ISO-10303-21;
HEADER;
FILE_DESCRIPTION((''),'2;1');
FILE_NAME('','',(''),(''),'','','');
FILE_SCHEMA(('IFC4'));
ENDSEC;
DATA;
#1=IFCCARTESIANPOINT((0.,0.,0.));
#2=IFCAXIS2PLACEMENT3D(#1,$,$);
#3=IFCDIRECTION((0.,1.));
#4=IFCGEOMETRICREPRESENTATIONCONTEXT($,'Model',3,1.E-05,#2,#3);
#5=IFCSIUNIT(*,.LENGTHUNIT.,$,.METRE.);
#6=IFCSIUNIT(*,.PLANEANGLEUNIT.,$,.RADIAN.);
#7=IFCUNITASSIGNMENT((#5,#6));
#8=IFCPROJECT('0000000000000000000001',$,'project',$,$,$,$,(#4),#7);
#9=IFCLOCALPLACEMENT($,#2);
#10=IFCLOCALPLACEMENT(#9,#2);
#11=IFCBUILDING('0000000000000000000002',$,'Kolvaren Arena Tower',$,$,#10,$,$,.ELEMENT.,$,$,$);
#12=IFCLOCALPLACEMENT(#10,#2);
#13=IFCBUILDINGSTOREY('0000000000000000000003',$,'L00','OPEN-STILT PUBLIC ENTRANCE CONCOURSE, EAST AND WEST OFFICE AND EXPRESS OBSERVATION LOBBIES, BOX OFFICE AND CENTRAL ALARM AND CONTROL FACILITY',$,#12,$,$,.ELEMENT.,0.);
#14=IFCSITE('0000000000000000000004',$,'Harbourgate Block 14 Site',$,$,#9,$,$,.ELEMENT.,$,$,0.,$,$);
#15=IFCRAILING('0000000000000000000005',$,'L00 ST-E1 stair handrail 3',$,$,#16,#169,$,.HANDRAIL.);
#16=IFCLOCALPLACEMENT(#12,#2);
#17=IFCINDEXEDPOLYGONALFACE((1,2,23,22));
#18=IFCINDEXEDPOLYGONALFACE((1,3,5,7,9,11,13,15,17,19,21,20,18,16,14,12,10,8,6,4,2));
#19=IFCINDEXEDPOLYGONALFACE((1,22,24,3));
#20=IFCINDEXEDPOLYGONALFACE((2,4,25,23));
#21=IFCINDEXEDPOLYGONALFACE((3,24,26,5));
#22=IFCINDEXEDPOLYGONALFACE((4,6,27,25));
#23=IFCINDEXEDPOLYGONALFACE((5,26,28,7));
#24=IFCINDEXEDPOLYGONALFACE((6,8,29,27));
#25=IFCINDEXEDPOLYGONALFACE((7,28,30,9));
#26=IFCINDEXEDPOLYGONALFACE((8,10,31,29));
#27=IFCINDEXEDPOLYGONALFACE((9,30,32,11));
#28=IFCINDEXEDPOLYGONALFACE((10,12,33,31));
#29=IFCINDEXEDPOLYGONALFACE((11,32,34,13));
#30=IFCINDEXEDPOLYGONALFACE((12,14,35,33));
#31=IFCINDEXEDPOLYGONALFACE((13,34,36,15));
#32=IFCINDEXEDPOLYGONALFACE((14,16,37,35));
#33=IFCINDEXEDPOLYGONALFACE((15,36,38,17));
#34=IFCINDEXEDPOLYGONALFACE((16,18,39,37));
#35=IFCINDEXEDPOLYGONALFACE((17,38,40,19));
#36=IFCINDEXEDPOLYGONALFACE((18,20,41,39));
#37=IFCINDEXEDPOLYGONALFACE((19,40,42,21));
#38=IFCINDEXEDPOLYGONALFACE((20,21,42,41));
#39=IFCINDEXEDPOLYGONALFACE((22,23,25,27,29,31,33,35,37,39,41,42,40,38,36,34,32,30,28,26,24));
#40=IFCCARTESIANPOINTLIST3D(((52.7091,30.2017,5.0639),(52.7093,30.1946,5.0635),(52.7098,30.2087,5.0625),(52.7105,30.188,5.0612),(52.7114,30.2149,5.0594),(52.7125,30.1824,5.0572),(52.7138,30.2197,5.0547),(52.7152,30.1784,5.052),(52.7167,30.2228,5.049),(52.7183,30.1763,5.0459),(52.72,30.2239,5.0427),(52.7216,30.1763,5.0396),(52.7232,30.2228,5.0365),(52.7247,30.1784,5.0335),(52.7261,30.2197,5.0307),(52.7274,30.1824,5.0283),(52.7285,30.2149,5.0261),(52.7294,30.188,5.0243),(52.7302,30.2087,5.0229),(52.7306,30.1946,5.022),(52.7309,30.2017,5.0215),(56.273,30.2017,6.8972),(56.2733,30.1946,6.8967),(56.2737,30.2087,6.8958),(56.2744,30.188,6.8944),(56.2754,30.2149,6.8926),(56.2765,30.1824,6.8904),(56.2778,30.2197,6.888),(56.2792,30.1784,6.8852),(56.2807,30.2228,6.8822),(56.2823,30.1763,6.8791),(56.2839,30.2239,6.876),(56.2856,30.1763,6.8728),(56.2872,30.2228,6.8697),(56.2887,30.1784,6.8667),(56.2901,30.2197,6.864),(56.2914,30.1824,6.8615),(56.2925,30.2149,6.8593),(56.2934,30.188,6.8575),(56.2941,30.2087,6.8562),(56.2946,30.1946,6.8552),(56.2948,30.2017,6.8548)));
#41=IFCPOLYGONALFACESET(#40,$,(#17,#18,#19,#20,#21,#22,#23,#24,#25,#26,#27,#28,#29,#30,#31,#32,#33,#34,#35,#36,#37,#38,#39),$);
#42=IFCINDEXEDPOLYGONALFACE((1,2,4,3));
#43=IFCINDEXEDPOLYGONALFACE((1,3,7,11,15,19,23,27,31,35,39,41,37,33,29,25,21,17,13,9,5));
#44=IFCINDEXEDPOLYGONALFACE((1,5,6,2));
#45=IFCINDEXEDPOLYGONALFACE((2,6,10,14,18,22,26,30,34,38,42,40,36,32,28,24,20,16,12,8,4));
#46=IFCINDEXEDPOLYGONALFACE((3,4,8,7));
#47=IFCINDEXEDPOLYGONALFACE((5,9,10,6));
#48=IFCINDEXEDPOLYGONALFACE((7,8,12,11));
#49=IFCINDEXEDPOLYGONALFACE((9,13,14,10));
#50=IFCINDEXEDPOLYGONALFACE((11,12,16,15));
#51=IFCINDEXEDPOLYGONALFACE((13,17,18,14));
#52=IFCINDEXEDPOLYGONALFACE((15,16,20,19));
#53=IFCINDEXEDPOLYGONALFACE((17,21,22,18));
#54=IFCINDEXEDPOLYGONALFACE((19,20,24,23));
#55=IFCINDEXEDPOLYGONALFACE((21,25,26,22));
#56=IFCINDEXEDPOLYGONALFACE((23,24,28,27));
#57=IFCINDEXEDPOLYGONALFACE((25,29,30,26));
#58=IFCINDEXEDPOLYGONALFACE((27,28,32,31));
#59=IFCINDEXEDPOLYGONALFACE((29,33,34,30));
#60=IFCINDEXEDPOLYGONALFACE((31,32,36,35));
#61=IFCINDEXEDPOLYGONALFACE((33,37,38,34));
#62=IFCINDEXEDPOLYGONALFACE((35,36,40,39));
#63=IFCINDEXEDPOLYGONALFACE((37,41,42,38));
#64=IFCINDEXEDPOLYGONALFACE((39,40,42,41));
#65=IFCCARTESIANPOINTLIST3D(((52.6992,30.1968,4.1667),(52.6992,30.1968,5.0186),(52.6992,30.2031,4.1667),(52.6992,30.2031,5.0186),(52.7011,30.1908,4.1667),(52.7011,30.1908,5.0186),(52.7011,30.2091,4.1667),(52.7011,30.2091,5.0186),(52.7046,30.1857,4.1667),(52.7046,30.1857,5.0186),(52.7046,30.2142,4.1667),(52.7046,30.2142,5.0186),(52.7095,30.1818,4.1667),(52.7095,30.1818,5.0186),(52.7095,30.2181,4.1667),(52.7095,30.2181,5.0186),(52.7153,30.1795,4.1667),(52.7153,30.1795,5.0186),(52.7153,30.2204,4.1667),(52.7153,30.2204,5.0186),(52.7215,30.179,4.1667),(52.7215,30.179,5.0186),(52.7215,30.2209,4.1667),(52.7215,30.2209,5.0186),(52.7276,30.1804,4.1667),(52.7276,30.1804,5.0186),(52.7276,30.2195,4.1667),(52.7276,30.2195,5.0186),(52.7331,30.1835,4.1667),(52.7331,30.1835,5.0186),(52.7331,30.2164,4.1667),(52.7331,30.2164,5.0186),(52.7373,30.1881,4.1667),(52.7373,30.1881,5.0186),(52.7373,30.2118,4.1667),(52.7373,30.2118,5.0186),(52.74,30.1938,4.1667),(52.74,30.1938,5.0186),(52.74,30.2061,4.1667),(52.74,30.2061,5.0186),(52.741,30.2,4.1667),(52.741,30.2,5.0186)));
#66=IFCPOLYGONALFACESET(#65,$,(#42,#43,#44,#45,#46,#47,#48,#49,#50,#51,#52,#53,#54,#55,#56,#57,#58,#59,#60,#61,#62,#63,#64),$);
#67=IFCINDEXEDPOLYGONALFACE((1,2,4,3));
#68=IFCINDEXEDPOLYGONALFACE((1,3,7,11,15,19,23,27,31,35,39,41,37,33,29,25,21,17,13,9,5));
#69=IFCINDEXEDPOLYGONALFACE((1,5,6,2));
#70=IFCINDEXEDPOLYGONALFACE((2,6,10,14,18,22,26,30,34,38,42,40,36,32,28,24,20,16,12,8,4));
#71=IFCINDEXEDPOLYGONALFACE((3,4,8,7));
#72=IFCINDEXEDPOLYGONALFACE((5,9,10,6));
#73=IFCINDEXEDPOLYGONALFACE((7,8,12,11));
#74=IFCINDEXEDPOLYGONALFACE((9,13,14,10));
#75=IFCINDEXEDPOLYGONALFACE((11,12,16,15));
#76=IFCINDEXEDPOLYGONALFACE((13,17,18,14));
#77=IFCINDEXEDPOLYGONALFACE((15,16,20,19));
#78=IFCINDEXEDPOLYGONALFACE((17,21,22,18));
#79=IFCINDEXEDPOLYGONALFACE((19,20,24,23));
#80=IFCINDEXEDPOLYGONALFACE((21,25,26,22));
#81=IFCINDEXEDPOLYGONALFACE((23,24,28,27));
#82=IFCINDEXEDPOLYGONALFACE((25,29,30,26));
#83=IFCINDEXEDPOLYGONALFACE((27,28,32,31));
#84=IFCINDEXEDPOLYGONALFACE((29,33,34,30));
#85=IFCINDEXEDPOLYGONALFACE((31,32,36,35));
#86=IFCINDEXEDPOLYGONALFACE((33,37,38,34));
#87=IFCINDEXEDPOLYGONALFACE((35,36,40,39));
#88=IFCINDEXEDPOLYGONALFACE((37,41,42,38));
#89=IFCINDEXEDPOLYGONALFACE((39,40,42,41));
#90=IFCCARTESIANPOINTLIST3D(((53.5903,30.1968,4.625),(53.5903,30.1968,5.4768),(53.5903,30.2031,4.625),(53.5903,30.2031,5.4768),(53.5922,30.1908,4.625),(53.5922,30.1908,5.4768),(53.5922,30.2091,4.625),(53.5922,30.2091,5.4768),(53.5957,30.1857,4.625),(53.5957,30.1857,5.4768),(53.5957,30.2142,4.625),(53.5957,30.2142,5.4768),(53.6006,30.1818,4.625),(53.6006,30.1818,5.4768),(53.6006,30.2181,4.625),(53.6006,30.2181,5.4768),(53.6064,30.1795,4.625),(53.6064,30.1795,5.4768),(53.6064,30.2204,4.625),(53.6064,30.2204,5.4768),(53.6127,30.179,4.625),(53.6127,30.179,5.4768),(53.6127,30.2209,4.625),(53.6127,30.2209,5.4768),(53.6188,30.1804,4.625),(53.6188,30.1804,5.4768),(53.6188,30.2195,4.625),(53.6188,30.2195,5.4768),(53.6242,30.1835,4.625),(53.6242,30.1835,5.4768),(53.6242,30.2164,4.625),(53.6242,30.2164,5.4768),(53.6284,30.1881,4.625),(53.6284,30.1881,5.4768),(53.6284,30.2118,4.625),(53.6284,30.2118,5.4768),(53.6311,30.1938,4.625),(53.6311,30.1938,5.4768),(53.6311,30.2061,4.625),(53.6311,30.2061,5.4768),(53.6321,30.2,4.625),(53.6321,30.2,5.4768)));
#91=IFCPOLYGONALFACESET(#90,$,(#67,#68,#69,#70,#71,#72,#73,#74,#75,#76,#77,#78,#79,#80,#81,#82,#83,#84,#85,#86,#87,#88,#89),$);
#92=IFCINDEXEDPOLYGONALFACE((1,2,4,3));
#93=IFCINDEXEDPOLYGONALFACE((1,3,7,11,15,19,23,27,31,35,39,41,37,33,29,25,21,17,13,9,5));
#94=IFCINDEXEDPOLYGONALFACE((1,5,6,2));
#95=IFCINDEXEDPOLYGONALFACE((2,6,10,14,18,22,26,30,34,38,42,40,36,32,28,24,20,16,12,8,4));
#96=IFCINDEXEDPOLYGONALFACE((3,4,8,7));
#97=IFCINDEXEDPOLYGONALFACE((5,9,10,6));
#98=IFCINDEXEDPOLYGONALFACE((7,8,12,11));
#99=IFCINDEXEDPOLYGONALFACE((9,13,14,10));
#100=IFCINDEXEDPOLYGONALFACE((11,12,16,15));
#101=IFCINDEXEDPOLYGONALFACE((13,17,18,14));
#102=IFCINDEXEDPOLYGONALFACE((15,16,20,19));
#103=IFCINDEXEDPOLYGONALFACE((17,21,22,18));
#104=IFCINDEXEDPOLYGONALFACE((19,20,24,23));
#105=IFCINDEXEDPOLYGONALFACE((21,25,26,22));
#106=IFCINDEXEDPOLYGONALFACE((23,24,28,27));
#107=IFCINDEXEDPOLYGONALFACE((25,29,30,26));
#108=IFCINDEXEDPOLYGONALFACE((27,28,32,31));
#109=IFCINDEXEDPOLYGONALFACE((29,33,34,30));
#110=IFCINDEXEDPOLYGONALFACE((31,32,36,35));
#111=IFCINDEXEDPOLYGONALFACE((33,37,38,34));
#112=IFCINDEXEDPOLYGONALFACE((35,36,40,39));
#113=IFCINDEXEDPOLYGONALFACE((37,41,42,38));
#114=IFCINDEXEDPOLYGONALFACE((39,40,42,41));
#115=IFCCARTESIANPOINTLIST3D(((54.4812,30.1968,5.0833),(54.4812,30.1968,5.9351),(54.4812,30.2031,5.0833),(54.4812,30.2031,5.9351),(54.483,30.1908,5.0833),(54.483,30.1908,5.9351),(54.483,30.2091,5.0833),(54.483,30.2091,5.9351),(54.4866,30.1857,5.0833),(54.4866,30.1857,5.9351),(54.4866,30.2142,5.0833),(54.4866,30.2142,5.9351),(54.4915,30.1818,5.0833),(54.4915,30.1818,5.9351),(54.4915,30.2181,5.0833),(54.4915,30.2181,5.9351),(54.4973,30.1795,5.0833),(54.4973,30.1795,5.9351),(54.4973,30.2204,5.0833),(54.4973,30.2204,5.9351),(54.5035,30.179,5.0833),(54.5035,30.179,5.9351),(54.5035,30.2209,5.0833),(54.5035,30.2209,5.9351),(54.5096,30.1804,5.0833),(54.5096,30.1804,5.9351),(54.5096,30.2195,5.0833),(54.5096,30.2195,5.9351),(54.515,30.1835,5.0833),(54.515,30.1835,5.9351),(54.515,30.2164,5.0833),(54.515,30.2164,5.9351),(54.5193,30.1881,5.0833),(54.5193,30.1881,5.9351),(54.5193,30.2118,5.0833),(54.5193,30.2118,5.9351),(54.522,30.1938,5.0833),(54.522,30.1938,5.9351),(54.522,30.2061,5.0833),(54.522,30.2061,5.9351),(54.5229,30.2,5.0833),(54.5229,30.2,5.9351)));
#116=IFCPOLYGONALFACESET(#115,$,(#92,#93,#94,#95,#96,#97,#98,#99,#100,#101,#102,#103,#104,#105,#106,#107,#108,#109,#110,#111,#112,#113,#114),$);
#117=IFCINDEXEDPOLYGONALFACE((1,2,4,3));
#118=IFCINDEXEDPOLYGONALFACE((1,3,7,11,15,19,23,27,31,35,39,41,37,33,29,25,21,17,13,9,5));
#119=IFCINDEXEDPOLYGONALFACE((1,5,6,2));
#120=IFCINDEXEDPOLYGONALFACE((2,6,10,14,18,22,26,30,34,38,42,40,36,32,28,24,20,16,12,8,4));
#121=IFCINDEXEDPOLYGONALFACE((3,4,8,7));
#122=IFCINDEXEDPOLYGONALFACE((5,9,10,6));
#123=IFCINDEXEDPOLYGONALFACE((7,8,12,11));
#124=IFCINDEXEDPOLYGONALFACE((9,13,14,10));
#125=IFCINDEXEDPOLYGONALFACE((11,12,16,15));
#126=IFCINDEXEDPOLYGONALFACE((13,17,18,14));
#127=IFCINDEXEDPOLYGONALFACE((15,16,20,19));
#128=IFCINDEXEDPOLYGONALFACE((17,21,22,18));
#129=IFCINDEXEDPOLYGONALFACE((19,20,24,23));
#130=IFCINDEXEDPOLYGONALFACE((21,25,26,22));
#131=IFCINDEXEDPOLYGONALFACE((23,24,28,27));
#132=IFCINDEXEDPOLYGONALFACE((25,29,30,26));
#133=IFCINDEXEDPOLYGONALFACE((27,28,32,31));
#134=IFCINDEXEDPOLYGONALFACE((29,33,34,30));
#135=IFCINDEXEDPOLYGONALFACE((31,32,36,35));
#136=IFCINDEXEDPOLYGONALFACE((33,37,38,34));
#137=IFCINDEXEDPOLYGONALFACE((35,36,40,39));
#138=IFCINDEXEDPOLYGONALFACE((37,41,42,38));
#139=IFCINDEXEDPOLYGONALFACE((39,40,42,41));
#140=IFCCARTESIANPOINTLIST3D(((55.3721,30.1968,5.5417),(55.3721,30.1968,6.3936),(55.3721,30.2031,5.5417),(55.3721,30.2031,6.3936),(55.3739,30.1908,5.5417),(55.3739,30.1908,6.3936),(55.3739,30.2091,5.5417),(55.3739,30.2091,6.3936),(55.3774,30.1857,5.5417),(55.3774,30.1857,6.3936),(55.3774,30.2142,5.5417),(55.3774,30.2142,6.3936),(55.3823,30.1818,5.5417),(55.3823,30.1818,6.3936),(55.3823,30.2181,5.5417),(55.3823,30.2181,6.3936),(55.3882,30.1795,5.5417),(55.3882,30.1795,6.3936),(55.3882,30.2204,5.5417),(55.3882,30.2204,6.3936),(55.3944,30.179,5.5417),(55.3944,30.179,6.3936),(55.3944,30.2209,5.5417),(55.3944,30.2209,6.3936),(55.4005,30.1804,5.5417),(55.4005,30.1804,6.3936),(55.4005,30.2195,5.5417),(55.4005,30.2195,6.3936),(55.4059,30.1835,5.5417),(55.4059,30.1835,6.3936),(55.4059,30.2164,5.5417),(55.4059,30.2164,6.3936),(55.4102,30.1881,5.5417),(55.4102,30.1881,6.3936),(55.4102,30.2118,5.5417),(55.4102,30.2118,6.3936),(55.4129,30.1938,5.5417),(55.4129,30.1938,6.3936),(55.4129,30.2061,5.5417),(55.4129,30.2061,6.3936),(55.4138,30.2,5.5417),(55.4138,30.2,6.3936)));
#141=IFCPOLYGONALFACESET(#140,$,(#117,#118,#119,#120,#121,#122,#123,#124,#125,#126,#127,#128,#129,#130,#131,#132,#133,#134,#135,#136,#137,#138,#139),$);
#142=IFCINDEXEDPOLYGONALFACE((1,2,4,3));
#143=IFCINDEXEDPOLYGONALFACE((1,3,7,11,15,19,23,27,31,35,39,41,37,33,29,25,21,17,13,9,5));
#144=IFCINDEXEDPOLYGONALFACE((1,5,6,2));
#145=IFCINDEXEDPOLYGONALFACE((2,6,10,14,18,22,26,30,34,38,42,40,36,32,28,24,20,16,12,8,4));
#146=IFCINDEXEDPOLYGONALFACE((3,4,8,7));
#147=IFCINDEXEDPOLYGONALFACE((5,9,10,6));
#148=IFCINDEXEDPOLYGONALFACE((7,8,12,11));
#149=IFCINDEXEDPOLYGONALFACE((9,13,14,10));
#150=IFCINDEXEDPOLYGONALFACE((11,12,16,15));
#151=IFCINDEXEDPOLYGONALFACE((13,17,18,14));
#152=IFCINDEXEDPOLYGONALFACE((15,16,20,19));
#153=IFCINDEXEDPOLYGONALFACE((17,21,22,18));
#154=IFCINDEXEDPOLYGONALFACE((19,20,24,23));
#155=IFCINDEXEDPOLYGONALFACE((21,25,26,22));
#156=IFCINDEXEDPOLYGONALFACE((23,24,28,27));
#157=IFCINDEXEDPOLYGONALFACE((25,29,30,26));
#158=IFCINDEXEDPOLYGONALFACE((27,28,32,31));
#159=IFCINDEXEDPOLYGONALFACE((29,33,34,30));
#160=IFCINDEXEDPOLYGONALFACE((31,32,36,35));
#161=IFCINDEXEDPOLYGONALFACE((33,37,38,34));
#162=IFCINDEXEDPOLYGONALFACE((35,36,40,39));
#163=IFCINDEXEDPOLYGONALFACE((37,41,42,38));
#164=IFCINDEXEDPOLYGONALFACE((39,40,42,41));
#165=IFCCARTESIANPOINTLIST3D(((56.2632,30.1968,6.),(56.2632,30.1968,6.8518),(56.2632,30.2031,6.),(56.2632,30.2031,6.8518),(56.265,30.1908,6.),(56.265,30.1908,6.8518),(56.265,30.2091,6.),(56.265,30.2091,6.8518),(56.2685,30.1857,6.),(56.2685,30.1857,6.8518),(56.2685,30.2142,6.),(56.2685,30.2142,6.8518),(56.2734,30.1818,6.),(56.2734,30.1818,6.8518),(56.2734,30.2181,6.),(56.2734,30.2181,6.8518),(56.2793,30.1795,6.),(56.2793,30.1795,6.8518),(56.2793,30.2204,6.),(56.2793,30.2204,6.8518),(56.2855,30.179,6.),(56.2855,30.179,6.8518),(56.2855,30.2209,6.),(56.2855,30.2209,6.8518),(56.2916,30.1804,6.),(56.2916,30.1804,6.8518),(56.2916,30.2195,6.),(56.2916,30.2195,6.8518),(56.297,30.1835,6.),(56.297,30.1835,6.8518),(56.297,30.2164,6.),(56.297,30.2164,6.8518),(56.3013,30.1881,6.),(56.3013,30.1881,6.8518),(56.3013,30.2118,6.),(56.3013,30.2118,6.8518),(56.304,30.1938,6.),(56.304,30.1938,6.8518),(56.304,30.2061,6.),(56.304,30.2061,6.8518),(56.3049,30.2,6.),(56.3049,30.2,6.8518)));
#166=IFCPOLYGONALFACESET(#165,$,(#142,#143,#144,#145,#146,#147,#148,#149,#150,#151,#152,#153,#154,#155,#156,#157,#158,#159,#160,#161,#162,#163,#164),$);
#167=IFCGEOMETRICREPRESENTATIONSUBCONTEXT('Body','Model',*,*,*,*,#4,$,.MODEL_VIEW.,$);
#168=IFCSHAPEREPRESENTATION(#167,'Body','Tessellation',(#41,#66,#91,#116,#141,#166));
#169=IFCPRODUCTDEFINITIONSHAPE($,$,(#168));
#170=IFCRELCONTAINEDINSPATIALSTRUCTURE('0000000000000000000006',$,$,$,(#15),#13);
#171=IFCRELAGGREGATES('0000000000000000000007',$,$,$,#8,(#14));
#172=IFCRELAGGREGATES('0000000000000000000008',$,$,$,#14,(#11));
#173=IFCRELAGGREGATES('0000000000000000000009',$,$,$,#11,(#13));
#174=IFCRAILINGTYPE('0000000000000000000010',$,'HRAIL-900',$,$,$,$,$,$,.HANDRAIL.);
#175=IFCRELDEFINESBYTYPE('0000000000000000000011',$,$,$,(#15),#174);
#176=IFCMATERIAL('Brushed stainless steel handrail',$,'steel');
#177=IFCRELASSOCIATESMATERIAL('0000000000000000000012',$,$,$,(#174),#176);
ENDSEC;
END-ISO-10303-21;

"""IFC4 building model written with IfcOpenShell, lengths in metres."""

from ifc_helpers import new_model, si_unit, direction, frame, origin, origin_2d, place, context, subcontext, project, spatial, circle, extrude, material, type_object, element, save


model = new_model("IFC4")

# Units and contexts
model_context = context("Model", 3, precision=1e-05, world=origin(), true_north=direction((0.0, 1.0)))
body_context = subcontext(model_context, "Body", "Model", "MODEL_VIEW")
ifc_project = project(units=[si_unit("LENGTHUNIT", "METRE"), si_unit("PLANEANGLEUNIT", "RADIAN")], contexts=[model_context])

# Site, building, storey
site_placement = place(None, origin())
site = spatial("IfcSite", under=ifc_project, at=site_placement, Name="Harbourgate Block 14 Site", CompositionType="ELEMENT", RefElevation=0.0)
building_placement = place(site_placement, origin())
building = spatial("IfcBuilding", under=site, at=building_placement, Name="Kolvaren Arena Tower", CompositionType="ELEMENT")
storey_placement = place(building_placement, origin())
storey = spatial("IfcBuildingStorey", under=building, at=storey_placement, Name="L00", Description="OPEN-STILT PUBLIC ENTRANCE CONCOURSE, EAST AND WEST OFFICE AND EXPRESS OBSERVATION LOBBIES, BOX OFFICE AND CENTRAL ALARM AND CONTROL FACILITY", CompositionType="ELEMENT", Elevation=0.0)

# Railing
ifc_material_1 = material(Name="Brushed stainless steel handrail", Category="steel")
railing_type_1 = type_object("IfcRailingType", Name="HRAIL-900", PredefinedType="HANDRAIL", material=ifc_material_1)
for number, where, name in (
    (1, (52.72, 30.2, 4.1667), "L00 ST-E1 stair handrail 3"),
):
    element("IfcRailing", number, at=place(storey_placement, frame(where)), inside=storey, type_object=railing_type_1, Name=name, PredefinedType="HANDRAIL", context=body_context, shape_type="SweptSolid", body=[
        extrude(circle(Radius=0.0239, at=origin_2d()), frame((0.0, 0.0, 0.876), z_axis=(0.889252, 0.0, 0.457418), x_axis=(0.0, 1.0, 0.0)), (0.0, 0.0, 1.0), 4.0078),
        extrude(circle(Radius=0.021, at=origin_2d()), origin(), (0.0, 0.0, 1.0), 0.8518),
        extrude(circle(Radius=0.021, at=origin_2d()), frame((0.8911, 0.0, 0.4583)), (0.0, 0.0, 1.0), 0.8518),
        extrude(circle(Radius=0.021, at=origin_2d()), frame((1.782, 0.0, 0.9165)), (0.0, 0.0, 1.0), 0.8518),
        extrude(circle(Radius=0.021, at=origin_2d()), frame((2.6729, 0.0, 1.375)), (0.0, 0.0, 1.0), 0.8518),
        extrude(circle(Radius=0.021, at=origin_2d()), frame((3.564, 0.0, 1.8333)), (0.0, 0.0, 1.0), 0.8518),
    ])

save(model, "model.ifc")
